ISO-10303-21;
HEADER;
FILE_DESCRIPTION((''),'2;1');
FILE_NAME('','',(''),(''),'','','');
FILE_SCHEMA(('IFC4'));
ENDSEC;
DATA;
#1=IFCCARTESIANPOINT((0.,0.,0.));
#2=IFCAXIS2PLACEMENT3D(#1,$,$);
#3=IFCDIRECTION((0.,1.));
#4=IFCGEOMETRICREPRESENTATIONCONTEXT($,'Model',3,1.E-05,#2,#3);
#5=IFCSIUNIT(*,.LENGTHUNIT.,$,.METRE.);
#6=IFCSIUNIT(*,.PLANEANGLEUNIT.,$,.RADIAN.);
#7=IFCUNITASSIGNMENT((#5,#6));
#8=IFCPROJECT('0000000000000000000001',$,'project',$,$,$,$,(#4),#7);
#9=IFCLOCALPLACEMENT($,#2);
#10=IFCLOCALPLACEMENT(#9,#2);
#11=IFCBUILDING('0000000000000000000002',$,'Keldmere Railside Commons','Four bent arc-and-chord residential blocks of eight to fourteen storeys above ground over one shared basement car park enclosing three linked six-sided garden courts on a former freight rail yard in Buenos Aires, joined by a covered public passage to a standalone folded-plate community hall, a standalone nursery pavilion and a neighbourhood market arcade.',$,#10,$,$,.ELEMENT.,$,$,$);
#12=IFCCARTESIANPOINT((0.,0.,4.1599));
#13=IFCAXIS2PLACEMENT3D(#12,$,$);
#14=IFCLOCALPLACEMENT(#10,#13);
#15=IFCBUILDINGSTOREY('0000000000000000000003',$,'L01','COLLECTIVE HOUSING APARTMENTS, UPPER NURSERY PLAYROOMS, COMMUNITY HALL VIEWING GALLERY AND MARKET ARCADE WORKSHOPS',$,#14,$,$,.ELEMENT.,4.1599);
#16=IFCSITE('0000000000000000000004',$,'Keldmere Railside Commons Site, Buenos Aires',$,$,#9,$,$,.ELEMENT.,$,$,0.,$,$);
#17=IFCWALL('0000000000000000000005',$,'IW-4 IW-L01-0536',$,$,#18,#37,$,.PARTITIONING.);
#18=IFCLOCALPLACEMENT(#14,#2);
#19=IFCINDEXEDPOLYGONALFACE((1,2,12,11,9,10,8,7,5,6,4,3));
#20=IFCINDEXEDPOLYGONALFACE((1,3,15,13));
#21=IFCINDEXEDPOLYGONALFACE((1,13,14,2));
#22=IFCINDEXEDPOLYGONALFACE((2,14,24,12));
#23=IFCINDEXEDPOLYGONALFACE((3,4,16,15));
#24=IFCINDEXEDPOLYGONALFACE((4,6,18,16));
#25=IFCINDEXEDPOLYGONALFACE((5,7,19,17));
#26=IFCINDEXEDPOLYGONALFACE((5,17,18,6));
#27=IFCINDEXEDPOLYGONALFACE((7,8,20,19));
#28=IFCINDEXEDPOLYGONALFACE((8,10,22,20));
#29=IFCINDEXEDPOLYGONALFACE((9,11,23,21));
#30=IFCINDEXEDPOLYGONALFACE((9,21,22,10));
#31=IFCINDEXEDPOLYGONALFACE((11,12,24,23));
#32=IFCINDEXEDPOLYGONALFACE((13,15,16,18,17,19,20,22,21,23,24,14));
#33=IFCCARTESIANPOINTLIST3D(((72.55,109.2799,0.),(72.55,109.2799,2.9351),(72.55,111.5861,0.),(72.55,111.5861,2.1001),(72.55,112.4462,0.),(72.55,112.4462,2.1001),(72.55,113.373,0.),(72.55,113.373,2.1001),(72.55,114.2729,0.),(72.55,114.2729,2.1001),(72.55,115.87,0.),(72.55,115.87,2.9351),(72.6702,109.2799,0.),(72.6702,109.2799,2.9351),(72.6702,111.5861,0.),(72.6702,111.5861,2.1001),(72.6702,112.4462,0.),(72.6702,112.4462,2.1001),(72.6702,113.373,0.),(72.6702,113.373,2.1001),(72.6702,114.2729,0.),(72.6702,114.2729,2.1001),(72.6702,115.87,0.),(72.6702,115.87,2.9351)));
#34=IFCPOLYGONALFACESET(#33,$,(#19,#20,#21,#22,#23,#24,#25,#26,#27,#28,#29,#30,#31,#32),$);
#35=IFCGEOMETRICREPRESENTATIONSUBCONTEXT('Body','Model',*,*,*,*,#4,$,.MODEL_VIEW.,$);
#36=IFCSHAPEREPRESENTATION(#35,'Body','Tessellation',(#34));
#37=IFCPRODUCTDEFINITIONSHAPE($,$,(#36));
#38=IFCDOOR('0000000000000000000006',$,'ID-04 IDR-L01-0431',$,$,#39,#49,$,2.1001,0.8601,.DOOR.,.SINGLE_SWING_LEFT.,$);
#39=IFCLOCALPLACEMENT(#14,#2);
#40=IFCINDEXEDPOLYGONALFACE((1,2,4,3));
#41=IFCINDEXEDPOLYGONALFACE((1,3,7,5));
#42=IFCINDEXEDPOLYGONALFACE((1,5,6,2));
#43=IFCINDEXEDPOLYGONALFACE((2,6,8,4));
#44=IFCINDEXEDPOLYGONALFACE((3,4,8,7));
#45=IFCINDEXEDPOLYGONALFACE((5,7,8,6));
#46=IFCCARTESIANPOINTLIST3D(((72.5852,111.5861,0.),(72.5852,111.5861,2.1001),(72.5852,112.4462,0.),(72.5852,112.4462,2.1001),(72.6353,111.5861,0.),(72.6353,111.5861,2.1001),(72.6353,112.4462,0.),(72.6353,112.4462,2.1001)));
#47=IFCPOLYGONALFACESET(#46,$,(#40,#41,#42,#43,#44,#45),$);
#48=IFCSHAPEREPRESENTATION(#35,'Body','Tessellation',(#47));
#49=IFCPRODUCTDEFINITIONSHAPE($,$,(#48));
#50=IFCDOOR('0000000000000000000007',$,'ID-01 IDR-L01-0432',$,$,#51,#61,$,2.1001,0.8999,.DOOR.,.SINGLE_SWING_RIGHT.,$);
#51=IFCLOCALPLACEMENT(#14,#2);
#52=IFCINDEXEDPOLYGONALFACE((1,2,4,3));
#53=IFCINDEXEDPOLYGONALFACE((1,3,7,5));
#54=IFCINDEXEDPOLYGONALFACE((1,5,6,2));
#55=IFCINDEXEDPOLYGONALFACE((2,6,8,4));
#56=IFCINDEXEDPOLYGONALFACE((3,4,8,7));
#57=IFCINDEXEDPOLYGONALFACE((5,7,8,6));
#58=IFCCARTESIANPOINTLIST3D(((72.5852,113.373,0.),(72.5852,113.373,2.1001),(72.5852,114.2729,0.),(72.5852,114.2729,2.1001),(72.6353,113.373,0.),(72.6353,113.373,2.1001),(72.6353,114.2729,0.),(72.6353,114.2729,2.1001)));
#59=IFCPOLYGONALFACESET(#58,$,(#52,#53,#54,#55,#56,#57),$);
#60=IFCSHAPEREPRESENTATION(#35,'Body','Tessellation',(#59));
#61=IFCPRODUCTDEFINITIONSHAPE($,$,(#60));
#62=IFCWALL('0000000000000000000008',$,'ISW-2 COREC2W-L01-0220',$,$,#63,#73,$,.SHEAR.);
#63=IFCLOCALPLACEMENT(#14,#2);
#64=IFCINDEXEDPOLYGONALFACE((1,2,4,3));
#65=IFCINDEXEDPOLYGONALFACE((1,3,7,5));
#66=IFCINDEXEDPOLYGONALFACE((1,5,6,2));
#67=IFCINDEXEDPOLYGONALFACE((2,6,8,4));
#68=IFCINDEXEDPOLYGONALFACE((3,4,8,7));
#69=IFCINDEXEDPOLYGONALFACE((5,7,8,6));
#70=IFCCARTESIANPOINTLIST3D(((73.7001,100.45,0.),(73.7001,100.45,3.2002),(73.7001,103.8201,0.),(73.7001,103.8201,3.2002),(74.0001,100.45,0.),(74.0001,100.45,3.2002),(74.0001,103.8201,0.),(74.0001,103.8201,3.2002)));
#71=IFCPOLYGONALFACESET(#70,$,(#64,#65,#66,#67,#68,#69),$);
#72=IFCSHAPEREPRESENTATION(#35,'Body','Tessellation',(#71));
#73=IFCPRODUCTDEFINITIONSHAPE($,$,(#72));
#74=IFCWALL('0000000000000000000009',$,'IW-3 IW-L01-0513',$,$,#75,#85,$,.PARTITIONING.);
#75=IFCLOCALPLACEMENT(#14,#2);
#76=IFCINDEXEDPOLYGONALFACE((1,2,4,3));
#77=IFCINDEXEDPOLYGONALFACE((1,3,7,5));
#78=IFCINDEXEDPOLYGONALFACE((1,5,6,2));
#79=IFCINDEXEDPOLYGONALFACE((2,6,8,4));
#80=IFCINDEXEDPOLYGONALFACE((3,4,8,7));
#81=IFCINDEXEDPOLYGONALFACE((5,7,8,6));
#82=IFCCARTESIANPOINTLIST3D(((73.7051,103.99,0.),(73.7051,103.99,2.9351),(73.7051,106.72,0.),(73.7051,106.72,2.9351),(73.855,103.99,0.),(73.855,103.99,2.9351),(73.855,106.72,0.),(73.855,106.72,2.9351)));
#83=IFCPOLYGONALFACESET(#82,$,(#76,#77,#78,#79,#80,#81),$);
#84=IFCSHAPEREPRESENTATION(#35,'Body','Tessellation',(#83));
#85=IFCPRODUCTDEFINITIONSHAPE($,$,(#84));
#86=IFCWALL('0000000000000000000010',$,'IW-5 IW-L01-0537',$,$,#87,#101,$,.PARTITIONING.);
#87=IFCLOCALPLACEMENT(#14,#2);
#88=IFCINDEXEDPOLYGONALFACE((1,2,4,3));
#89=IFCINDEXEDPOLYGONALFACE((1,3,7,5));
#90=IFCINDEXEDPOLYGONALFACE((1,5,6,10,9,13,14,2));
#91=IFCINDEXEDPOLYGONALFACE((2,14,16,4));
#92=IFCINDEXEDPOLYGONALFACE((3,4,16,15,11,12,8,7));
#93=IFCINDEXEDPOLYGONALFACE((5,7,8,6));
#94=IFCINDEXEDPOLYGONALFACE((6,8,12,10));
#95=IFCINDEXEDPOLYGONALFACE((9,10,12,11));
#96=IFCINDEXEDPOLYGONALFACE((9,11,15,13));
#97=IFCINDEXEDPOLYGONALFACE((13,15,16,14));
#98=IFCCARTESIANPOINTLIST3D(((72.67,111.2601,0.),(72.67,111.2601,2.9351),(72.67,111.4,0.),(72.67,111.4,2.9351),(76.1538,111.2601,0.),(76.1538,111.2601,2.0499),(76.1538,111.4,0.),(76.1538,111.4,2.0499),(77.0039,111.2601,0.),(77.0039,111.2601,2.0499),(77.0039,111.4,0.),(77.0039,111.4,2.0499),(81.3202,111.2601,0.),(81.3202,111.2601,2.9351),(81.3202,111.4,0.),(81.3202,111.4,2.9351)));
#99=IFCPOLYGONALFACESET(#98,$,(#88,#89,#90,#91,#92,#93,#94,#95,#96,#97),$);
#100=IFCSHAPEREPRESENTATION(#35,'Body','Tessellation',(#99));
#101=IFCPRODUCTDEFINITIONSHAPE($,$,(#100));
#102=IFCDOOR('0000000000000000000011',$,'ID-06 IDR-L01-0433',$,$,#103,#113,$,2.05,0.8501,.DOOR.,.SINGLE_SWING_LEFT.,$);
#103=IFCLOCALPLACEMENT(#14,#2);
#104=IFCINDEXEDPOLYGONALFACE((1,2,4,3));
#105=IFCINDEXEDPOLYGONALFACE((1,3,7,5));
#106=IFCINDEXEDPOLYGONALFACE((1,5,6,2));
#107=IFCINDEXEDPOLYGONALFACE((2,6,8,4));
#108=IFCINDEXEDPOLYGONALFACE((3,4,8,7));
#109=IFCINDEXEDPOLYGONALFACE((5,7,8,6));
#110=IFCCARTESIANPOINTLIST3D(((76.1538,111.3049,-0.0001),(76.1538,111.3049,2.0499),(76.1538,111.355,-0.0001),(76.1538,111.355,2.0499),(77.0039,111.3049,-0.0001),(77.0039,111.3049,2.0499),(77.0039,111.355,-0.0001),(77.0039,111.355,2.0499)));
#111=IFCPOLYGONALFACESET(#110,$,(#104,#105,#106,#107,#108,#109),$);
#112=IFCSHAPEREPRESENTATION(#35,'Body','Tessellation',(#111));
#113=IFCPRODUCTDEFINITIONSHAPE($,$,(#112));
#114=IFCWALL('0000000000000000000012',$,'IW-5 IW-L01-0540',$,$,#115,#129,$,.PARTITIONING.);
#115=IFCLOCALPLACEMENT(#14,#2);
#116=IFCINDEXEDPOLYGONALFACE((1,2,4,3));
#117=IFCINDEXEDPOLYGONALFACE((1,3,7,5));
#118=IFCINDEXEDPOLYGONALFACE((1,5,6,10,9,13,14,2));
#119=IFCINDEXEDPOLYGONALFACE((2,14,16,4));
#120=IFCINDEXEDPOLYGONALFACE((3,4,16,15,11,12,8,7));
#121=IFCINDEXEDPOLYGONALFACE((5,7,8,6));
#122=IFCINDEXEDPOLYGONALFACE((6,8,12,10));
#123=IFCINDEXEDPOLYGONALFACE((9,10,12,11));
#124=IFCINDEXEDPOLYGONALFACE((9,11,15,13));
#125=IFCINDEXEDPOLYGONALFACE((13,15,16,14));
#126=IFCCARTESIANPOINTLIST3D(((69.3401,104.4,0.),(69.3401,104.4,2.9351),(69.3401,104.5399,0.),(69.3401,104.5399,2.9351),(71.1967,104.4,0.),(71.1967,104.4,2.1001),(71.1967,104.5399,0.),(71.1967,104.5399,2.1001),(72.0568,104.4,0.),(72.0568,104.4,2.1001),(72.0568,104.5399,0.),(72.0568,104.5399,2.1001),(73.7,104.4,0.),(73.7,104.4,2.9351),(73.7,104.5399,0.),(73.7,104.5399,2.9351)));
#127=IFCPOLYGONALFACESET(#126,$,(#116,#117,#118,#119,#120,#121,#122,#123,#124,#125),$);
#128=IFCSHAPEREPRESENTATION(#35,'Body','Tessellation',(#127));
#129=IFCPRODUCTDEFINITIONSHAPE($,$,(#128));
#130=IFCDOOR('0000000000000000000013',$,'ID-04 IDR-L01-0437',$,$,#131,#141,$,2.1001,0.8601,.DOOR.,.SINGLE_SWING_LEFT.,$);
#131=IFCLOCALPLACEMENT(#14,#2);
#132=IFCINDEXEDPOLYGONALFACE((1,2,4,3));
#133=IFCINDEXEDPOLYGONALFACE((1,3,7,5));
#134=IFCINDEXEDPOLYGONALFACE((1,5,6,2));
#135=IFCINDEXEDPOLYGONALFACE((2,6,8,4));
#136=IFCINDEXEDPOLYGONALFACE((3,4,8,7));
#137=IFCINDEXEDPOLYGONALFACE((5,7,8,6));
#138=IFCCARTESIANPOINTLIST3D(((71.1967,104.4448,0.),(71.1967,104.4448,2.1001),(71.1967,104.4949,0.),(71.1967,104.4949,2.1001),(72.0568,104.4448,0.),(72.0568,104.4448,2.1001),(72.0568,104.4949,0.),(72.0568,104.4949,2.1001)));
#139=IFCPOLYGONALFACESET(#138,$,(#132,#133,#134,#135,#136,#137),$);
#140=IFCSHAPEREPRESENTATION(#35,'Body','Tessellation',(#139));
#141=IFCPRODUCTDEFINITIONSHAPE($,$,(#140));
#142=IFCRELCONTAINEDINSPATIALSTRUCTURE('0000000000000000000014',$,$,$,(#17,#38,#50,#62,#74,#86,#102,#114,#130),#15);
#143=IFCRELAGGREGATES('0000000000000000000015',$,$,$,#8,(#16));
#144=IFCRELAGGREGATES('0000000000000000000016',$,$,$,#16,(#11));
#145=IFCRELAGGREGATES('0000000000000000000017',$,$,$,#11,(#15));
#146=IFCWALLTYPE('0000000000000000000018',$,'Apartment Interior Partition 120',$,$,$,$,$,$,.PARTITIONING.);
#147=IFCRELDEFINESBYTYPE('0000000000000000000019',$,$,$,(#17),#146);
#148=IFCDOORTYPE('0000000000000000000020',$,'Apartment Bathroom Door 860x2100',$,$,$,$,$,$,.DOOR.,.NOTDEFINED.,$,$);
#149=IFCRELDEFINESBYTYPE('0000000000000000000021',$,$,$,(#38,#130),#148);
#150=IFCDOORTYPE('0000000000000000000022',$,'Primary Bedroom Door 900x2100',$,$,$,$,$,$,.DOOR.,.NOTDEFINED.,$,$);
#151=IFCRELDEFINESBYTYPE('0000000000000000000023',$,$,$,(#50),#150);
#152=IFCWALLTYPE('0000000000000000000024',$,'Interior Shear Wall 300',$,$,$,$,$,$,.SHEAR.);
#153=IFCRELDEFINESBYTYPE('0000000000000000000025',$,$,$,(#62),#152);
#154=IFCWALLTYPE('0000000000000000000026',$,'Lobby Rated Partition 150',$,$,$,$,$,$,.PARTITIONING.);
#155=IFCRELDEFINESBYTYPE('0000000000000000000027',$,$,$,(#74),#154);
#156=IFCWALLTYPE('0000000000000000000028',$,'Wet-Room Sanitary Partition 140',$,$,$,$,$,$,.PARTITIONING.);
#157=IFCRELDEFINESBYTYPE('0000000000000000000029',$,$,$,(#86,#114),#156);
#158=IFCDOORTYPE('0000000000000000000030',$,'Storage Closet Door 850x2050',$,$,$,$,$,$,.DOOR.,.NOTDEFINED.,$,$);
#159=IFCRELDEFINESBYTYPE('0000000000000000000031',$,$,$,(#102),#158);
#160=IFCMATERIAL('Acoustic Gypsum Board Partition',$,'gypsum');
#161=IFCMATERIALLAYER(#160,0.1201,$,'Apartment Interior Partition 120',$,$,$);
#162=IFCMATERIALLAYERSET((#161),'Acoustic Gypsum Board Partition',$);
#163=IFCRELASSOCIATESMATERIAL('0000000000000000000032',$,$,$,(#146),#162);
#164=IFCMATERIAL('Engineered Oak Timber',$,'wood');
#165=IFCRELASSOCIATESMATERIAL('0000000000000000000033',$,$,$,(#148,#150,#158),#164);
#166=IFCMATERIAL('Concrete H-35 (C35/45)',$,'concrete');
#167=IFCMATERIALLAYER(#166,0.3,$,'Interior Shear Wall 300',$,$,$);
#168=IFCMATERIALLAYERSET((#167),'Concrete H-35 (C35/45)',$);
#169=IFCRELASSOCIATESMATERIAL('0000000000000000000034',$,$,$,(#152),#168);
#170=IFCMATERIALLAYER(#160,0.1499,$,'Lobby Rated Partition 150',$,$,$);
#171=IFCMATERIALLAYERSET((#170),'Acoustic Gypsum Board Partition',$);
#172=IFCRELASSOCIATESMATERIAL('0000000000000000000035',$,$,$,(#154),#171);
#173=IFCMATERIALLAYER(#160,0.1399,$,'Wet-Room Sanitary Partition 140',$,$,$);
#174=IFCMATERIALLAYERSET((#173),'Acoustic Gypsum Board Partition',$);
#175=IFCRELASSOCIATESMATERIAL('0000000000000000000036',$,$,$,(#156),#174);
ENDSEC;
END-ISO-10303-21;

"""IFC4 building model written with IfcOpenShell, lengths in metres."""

from ifc_helpers import new_model, si_unit, direction, frame, frame_2d, origin, place, context, subcontext, project, spatial, rectangle, extrude, material, layer, layer_set, type_object, element, fill, save


model = new_model("IFC4")

# Units and contexts
model_context = context("Model", 3, precision=1e-05, world=origin(), true_north=direction((0.0, 1.0)))
body_context = subcontext(model_context, "Body", "Model", "MODEL_VIEW")
ifc_project = project(units=[si_unit("LENGTHUNIT", "METRE"), si_unit("PLANEANGLEUNIT", "RADIAN")], contexts=[model_context])

# Site, building, storey
site_placement = place(None, origin())
site = spatial("IfcSite", under=ifc_project, at=site_placement, Name="Keldmere Railside Commons Site, Buenos Aires", CompositionType="ELEMENT", RefElevation=0.0)
building_placement = place(site_placement, origin())
building = spatial("IfcBuilding", under=site, at=building_placement, Name="Keldmere Railside Commons", Description="Four bent arc-and-chord residential blocks of eight to fourteen storeys above ground over one shared basement car park enclosing three linked six-sided garden courts on a former freight rail yard in Buenos Aires, joined by a covered public passage to a standalone folded-plate community hall, a standalone nursery pavilion and a neighbourhood market arcade.", CompositionType="ELEMENT")
storey_placement = place(building_placement, frame((0.0, 0.0, 4.1599)))
storey = spatial("IfcBuildingStorey", under=building, at=storey_placement, Name="L01", Description="COLLECTIVE HOUSING APARTMENTS, UPPER NURSERY PLAYROOMS, COMMUNITY HALL VIEWING GALLERY AND MARKET ARCADE WORKSHOPS", CompositionType="ELEMENT", Elevation=4.1599)

# Wall, openings, doors
ifc_material_1 = material(Name="Acoustic Gypsum Board Partition", Category="gypsum")
ifc_layer_1 = layer(ifc_material_1, 0.1201, Name="Apartment Interior Partition 120")
ifc_layer_set_1 = layer_set([ifc_layer_1], Name="Acoustic Gypsum Board Partition")
wall_type_1 = type_object("IfcWallType", Name="Apartment Interior Partition 120", PredefinedType="PARTITIONING", material=ifc_layer_set_1)
wall_1_placement = place(storey_placement, frame((72.6101, 109.28, 0.0), z_axis=(0.0, 0.0, 1.0), x_axis=(0.0, 1.0, 0.0)))
wall_1 = element("IfcWall", 1, at=wall_1_placement, inside=storey, type_object=wall_type_1, Name="IW-4 IW-L01-0536", PredefinedType="PARTITIONING", context=body_context, shape_type="SweptSolid", body=[
    extrude(rectangle(XDim=6.5901, YDim=0.1201, at=frame_2d((3.2949, 0.0))), origin(), (0.0, 0.0, 1.0), 2.9351),
])
opening_1_placement = place(wall_1_placement, frame((2.3059, 0.0, 0.0)))
opening_1 = element("IfcOpeningElement", 2, at=opening_1_placement, cuts=wall_1, PredefinedType="OPENING", context=body_context, shape_type="SweptSolid", body=[
    extrude(rectangle(XDim=0.8601, YDim=2.1001, at=frame_2d((0.4302, 1.05))), frame((0.0, 0.0701, 0.0), z_axis=(0.0, -1.0, 0.0), x_axis=(1.0, 0.0, 0.0)), (0.0, 0.0, 1.0), 0.1401),
])
opening_2_placement = place(wall_1_placement, frame((4.093, 0.0, 0.0)))
opening_2 = element("IfcOpeningElement", 3, at=opening_2_placement, cuts=wall_1, PredefinedType="OPENING", context=body_context, shape_type="SweptSolid", body=[
    extrude(rectangle(XDim=0.8999, YDim=2.1001, at=frame_2d((0.45, 1.05))), frame((0.0, 0.0701, 0.0), z_axis=(0.0, -1.0, 0.0), x_axis=(1.0, 0.0, 0.0)), (0.0, 0.0, 1.0), 0.1401),
])
ifc_material_2 = material(Name="Engineered Oak Timber", Category="wood")
door_type_1 = type_object("IfcDoorType", Name="Apartment Bathroom Door 860x2100", OperationType="NOTDEFINED", PredefinedType="DOOR", material=ifc_material_2)
door_1_placement = place(opening_1_placement, origin())
door_1 = element("IfcDoor", 4, at=door_1_placement, inside=storey, type_object=door_type_1, Name="ID-04 IDR-L01-0431", OperationType="SINGLE_SWING_LEFT", OverallHeight=2.1001, OverallWidth=0.8601, PredefinedType="DOOR", context=body_context, shape_type="SweptSolid", body=[
    extrude(rectangle(XDim=0.8601, YDim=2.1001, at=frame_2d((0.4302, 1.05))), frame((0.0, 0.0249, 0.0), z_axis=(0.0, -1.0, 0.0), x_axis=(1.0, 0.0, 0.0)), (0.0, 0.0, 1.0), 0.05),
])
fill(opening_1, door_1)
door_type_2 = type_object("IfcDoorType", Name="Primary Bedroom Door 900x2100", OperationType="NOTDEFINED", PredefinedType="DOOR", material=ifc_material_2)
door_2_placement = place(opening_2_placement, origin())
door_2 = element("IfcDoor", 5, at=door_2_placement, inside=storey, type_object=door_type_2, Name="ID-01 IDR-L01-0432", OperationType="SINGLE_SWING_RIGHT", OverallHeight=2.1001, OverallWidth=0.8999, PredefinedType="DOOR", context=body_context, shape_type="SweptSolid", body=[
    extrude(rectangle(XDim=0.8999, YDim=2.1001, at=frame_2d((0.45, 1.05))), frame((0.0, 0.0249, 0.0), z_axis=(0.0, -1.0, 0.0), x_axis=(1.0, 0.0, 0.0)), (0.0, 0.0, 1.0), 0.05),
])
fill(opening_2, door_2)

# Walls
ifc_material_3 = material(Name="Concrete H-35 (C35/45)", Category="concrete")
ifc_layer_2 = layer(ifc_material_3, 0.3, Name="Interior Shear Wall 300")
ifc_layer_set_2 = layer_set([ifc_layer_2], Name="Concrete H-35 (C35/45)")
wall_type_2 = type_object("IfcWallType", Name="Interior Shear Wall 300", PredefinedType="SHEAR", material=ifc_layer_set_2)
wall_2_placement = place(storey_placement, frame((73.8501, 103.8201, 0.0), z_axis=(0.0, 0.0, 1.0), x_axis=(0.0, -1.0, 0.0)))
element("IfcWall", 6, at=wall_2_placement, inside=storey, type_object=wall_type_2, Name="ISW-2 COREC2W-L01-0220", PredefinedType="SHEAR", context=body_context, shape_type="SweptSolid", body=[
    extrude(rectangle(XDim=3.3701, YDim=0.3, at=frame_2d((1.6851, 0.0))), origin(), (0.0, 0.0, 1.0), 3.2002),
])
ifc_layer_3 = layer(ifc_material_1, 0.1499, Name="Lobby Rated Partition 150")
ifc_layer_set_3 = layer_set([ifc_layer_3], Name="Acoustic Gypsum Board Partition")
wall_type_3 = type_object("IfcWallType", Name="Lobby Rated Partition 150", PredefinedType="PARTITIONING", material=ifc_layer_set_3)
wall_3_placement = place(storey_placement, frame((73.78, 103.99, 0.0), z_axis=(0.0, 0.0, 1.0), x_axis=(0.0, 1.0, 0.0)))
element("IfcWall", 7, at=wall_3_placement, inside=storey, type_object=wall_type_3, Name="IW-3 IW-L01-0513", PredefinedType="PARTITIONING", context=body_context, shape_type="SweptSolid", body=[
    extrude(rectangle(XDim=2.73, YDim=0.1499, at=frame_2d((1.365, 0.0))), origin(), (0.0, 0.0, 1.0), 2.9351),
])

# Walls, openings, doors
ifc_layer_4 = layer(ifc_material_1, 0.1399, Name="Wet-Room Sanitary Partition 140")
ifc_layer_set_4 = layer_set([ifc_layer_4], Name="Acoustic Gypsum Board Partition")
wall_type_4 = type_object("IfcWallType", Name="Wet-Room Sanitary Partition 140", PredefinedType="PARTITIONING", material=ifc_layer_set_4)
wall_4_placement = place(storey_placement, frame((72.6699, 111.3301, 0.0), z_axis=(0.0, 0.0, 1.0), x_axis=(1.0, 0.0, 0.0)))
wall_4 = element("IfcWall", 8, at=wall_4_placement, inside=storey, type_object=wall_type_4, Name="IW-5 IW-L01-0537", PredefinedType="PARTITIONING", context=body_context, shape_type="SweptSolid", body=[
    extrude(rectangle(XDim=8.6501, YDim=0.1399, at=frame_2d((4.3252, 0.0))), origin(), (0.0, 0.0, 1.0), 2.9351),
])
opening_3_placement = place(wall_4_placement, frame((3.4839, 0.0, 0.0)))
opening_3 = element("IfcOpeningElement", 9, at=opening_3_placement, cuts=wall_4, PredefinedType="OPENING", context=body_context, shape_type="SweptSolid", body=[
    extrude(rectangle(XDim=0.8501, YDim=2.05, at=frame_2d((0.425, 1.0249))), frame((0.0, 0.0798, 0.0), z_axis=(0.0, -1.0, 0.0), x_axis=(1.0, 0.0, 0.0)), (0.0, 0.0, 1.0), 0.1599),
])
door_type_3 = type_object("IfcDoorType", Name="Storage Closet Door 850x2050", OperationType="NOTDEFINED", PredefinedType="DOOR", material=ifc_material_2)
door_3_placement = place(opening_3_placement, origin())
door_3 = element("IfcDoor", 10, at=door_3_placement, inside=storey, type_object=door_type_3, Name="ID-06 IDR-L01-0433", OperationType="SINGLE_SWING_LEFT", OverallHeight=2.05, OverallWidth=0.8501, PredefinedType="DOOR", context=body_context, shape_type="SweptSolid", body=[
    extrude(rectangle(XDim=0.8501, YDim=2.05, at=frame_2d((0.425, 1.0249))), frame((0.0, 0.0249, 0.0), z_axis=(0.0, -1.0, 0.0), x_axis=(1.0, 0.0, 0.0)), (0.0, 0.0, 1.0), 0.05),
])
fill(opening_3, door_3)
wall_5_placement = place(storey_placement, frame((69.3401, 104.47, 0.0), z_axis=(0.0, 0.0, 1.0), x_axis=(1.0, 0.0, 0.0)))
wall_5 = element("IfcWall", 11, at=wall_5_placement, inside=storey, type_object=wall_type_4, Name="IW-5 IW-L01-0540", PredefinedType="PARTITIONING", context=body_context, shape_type="SweptSolid", body=[
    extrude(rectangle(XDim=4.3599, YDim=0.1399, at=frame_2d((2.1799, 0.0))), origin(), (0.0, 0.0, 1.0), 2.9351),
])
opening_4_placement = place(wall_5_placement, frame((1.8564, 0.0, 0.0)))
opening_4 = element("IfcOpeningElement", 12, at=opening_4_placement, cuts=wall_5, PredefinedType="OPENING", context=body_context, shape_type="SweptSolid", body=[
    extrude(rectangle(XDim=0.8601, YDim=2.1001, at=frame_2d((0.4302, 1.05))), frame((0.0, 0.0798, 0.0), z_axis=(0.0, -1.0, 0.0), x_axis=(1.0, 0.0, 0.0)), (0.0, 0.0, 1.0), 0.1599),
])
door_4_placement = place(opening_4_placement, origin())
door_4 = element("IfcDoor", 13, at=door_4_placement, inside=storey, type_object=door_type_1, Name="ID-04 IDR-L01-0437", OperationType="SINGLE_SWING_LEFT", OverallHeight=2.1001, OverallWidth=0.8601, PredefinedType="DOOR", context=body_context, shape_type="SweptSolid", body=[
    extrude(rectangle(XDim=0.8601, YDim=2.1001, at=frame_2d((0.4302, 1.05))), frame((0.0, 0.0249, 0.0), z_axis=(0.0, -1.0, 0.0), x_axis=(1.0, 0.0, 0.0)), (0.0, 0.0, 1.0), 0.05),
])
fill(opening_4, door_4)

save(model, "model.ifc")
